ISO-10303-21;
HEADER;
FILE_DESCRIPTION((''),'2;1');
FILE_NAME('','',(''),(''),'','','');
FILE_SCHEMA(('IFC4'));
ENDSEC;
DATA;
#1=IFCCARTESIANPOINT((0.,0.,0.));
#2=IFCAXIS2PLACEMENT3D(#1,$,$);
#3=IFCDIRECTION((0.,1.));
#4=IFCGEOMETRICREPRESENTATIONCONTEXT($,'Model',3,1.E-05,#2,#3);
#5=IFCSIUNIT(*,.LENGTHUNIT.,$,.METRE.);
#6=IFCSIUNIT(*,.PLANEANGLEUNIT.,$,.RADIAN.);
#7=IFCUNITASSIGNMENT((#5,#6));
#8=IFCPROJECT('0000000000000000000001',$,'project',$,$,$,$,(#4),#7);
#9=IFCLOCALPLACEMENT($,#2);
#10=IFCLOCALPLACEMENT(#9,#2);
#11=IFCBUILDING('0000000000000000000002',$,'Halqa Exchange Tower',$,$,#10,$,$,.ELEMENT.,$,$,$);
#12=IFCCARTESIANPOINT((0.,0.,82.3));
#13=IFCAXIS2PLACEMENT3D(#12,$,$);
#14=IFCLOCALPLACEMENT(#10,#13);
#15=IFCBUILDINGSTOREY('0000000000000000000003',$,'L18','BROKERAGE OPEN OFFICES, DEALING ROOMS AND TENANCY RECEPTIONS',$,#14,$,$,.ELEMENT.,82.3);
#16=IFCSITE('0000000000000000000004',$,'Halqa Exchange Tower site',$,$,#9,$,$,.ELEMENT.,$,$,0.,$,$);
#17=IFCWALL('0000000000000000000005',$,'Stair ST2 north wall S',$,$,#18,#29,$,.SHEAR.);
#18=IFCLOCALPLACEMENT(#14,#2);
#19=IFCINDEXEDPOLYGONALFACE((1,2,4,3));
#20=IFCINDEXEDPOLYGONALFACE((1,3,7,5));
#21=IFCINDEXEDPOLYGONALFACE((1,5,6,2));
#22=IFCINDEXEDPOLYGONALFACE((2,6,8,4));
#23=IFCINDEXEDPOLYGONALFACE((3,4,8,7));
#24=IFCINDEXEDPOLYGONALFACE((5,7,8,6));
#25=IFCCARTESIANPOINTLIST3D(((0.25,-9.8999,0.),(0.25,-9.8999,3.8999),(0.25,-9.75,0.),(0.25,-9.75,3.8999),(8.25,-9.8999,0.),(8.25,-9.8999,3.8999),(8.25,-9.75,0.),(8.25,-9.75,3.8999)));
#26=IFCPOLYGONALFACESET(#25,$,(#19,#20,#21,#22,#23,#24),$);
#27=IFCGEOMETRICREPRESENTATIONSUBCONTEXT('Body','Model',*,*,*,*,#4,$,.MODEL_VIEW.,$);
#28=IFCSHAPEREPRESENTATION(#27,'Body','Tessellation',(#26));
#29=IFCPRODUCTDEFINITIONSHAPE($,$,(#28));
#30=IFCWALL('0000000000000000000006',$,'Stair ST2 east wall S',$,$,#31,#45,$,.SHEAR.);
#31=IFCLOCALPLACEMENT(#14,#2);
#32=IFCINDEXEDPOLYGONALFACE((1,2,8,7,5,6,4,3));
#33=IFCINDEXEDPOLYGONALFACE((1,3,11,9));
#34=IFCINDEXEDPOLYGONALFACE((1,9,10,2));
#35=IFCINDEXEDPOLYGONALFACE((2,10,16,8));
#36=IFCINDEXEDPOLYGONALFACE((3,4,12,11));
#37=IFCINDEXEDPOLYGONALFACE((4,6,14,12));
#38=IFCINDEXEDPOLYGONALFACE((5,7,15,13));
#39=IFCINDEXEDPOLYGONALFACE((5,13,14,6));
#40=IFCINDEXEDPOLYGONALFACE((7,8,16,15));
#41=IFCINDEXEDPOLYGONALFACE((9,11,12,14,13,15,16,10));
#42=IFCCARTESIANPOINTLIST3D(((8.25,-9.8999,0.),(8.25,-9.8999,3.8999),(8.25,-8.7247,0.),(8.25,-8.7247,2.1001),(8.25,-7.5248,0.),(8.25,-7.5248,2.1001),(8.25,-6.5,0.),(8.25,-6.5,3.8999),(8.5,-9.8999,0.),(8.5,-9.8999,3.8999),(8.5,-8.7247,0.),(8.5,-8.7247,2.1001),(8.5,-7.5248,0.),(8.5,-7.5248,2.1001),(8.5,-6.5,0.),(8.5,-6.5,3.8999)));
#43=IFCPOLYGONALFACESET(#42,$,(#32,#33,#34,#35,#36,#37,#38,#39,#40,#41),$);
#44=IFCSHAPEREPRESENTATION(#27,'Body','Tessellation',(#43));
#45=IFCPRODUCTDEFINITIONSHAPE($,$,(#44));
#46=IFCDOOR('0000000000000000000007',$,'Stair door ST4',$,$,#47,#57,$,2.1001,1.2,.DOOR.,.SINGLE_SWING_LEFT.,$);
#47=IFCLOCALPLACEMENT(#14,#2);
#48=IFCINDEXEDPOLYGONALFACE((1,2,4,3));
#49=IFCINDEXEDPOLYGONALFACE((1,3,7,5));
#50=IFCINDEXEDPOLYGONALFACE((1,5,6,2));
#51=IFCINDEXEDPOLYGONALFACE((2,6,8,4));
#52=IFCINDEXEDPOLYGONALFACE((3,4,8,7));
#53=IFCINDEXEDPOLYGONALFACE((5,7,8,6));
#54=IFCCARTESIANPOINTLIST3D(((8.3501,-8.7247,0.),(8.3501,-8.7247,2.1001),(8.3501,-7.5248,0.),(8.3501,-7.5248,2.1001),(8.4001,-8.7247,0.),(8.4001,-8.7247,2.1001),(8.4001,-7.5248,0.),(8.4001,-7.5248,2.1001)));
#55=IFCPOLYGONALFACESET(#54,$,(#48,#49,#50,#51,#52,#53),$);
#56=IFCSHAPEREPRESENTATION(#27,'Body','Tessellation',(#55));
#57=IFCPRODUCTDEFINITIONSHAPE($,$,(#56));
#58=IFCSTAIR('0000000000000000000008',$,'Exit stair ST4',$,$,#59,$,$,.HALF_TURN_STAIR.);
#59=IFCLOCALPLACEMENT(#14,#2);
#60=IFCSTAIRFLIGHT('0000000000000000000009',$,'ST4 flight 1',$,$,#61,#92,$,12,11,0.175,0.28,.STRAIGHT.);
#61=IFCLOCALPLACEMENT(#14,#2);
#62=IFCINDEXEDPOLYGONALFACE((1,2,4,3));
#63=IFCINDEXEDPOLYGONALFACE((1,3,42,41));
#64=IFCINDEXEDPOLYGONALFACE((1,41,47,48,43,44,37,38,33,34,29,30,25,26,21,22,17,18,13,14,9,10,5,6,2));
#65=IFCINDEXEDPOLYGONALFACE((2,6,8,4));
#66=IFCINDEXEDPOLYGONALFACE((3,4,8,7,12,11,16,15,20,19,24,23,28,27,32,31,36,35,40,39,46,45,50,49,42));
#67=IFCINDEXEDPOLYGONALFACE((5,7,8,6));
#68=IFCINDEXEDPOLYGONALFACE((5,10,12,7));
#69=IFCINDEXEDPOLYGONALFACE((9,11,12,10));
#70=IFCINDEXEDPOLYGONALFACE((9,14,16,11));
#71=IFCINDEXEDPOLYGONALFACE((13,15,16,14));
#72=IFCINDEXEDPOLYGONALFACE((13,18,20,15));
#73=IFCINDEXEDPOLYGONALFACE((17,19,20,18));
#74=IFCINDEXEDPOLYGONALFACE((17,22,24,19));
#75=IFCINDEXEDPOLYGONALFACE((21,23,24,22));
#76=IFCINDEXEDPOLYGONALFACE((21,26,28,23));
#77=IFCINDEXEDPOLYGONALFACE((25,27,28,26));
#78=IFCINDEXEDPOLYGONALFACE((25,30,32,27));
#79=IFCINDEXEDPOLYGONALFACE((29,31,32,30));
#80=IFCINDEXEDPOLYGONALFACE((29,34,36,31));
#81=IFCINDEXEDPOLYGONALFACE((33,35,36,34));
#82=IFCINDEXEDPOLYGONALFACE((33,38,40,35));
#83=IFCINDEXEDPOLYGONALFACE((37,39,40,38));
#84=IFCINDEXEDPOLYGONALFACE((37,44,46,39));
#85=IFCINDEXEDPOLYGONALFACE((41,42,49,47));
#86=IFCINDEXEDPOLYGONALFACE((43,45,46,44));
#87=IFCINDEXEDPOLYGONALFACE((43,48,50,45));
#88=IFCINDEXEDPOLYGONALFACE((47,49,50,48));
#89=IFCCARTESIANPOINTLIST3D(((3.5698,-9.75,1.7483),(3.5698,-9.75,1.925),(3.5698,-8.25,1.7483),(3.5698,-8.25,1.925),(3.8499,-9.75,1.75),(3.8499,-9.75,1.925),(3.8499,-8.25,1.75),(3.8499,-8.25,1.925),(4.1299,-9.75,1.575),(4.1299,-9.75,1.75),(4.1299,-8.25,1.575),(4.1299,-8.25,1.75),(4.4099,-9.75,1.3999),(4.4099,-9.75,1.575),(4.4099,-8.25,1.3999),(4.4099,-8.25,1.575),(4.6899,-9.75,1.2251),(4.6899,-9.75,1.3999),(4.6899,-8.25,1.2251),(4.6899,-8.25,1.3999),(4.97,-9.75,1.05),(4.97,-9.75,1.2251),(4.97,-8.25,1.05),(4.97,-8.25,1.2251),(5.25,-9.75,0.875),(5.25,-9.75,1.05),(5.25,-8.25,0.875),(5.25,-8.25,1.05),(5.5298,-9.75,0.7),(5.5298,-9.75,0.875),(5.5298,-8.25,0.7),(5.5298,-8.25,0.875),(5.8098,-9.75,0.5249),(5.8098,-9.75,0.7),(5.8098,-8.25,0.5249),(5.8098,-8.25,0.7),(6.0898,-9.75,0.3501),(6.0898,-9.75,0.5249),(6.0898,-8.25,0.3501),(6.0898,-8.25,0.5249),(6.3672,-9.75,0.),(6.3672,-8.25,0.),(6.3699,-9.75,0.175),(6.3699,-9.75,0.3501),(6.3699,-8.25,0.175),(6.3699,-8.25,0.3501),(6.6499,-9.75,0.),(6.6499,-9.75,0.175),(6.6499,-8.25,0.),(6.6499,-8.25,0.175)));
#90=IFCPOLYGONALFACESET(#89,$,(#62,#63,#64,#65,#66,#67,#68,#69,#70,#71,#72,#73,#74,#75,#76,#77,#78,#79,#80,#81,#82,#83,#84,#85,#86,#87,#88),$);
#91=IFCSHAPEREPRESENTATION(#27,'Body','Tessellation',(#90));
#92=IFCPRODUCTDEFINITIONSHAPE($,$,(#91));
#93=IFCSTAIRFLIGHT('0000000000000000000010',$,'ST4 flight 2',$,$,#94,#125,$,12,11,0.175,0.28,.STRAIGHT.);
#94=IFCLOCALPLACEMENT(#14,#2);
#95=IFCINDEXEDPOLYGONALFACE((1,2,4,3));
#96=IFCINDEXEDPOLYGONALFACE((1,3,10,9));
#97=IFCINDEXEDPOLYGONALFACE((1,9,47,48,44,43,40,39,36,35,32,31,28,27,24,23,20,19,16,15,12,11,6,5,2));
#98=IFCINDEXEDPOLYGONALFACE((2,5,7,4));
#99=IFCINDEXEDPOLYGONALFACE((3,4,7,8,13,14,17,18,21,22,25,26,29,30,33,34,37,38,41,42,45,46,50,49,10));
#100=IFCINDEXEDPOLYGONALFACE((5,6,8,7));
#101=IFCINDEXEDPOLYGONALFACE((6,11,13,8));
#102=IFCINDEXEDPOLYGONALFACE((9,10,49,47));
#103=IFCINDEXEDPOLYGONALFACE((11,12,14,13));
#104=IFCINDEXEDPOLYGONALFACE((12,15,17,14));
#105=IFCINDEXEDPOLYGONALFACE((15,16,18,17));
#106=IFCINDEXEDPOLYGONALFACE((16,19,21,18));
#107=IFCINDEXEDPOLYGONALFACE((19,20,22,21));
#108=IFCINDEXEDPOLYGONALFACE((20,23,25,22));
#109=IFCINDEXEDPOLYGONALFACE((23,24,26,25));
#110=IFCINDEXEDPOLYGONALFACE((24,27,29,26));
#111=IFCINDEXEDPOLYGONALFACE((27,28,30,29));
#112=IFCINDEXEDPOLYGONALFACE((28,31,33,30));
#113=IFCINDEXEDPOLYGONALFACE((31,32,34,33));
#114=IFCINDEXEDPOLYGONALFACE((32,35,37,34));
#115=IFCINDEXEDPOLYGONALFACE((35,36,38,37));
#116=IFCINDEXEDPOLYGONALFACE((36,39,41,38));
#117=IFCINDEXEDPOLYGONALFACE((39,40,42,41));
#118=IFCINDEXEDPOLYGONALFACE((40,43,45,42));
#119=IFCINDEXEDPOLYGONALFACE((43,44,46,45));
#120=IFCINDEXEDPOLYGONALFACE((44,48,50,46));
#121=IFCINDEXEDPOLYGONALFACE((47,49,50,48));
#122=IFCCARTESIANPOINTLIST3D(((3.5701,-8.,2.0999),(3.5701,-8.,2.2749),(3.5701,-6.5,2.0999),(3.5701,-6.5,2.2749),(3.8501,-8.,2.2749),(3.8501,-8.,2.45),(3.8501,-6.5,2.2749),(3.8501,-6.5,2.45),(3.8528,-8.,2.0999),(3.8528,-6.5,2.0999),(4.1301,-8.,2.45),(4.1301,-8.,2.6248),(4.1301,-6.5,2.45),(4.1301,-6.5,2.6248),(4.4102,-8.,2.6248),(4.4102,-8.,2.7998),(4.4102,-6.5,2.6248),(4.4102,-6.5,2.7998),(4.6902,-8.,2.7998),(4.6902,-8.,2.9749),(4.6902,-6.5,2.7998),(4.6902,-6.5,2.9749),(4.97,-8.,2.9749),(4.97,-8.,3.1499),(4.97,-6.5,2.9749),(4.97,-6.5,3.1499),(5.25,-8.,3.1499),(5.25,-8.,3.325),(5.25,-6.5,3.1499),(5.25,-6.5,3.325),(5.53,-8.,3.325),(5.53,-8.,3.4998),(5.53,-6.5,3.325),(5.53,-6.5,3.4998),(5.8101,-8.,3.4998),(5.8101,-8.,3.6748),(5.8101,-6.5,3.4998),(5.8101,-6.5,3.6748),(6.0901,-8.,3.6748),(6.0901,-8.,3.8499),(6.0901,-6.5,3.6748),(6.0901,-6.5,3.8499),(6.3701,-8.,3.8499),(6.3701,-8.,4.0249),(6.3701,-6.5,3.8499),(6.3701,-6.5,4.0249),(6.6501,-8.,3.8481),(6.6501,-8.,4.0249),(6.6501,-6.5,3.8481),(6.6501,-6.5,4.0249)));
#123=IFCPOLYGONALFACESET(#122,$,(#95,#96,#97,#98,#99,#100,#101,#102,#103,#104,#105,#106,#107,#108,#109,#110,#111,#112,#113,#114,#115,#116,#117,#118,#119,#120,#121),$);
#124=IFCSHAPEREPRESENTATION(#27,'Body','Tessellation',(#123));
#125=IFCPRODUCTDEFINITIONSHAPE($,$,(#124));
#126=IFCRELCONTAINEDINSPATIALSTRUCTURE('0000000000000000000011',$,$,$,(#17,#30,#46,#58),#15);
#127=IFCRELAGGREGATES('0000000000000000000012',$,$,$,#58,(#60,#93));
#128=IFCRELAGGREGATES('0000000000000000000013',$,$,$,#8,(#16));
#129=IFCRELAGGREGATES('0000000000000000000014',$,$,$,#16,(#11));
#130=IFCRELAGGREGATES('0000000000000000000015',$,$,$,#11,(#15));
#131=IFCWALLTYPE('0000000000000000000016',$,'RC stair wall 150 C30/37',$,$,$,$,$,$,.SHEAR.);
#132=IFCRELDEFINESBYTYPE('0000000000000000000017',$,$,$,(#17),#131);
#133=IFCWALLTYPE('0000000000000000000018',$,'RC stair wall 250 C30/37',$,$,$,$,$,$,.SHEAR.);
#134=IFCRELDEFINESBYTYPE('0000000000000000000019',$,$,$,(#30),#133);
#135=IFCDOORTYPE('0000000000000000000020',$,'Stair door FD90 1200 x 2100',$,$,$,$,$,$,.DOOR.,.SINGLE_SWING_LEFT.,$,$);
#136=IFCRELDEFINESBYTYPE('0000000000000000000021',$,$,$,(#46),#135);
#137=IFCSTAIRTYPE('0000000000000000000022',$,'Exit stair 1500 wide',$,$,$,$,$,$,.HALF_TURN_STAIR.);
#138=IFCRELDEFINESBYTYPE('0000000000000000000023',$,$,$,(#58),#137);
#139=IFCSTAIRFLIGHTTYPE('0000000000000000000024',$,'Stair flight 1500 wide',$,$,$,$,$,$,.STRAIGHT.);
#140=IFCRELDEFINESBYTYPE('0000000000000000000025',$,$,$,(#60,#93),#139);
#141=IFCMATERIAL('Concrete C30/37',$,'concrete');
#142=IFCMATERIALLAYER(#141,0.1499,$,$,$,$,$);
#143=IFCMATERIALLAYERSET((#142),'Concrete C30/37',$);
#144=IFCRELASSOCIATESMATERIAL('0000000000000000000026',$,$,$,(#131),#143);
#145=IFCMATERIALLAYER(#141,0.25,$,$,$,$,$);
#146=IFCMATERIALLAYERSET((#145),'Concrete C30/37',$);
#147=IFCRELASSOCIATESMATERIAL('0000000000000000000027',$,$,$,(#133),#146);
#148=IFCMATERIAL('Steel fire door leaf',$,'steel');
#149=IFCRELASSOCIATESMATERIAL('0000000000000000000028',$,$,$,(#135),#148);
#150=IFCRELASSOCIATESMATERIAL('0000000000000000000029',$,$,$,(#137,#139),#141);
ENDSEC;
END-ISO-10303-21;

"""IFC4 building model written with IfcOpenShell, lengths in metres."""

from ifc_helpers import new_model, si_unit, direction, frame, frame_2d, origin, place, context, subcontext, project, spatial, polyline, rectangle, outline, extrude, material, layer, layer_set, type_object, element, fill, aggregate, save


model = new_model("IFC4")

# Units and contexts
model_context = context("Model", 3, precision=1e-05, world=origin(), true_north=direction((0.0, 1.0)))
body_context = subcontext(model_context, "Body", "Model", "MODEL_VIEW")
ifc_project = project(units=[si_unit("LENGTHUNIT", "METRE"), si_unit("PLANEANGLEUNIT", "RADIAN")], contexts=[model_context])

# Site, building, storey
site_placement = place(None, origin())
site = spatial("IfcSite", under=ifc_project, at=site_placement, Name="Halqa Exchange Tower site", CompositionType="ELEMENT", RefElevation=0.0)
building_placement = place(site_placement, origin())
building = spatial("IfcBuilding", under=site, at=building_placement, Name="Halqa Exchange Tower", CompositionType="ELEMENT")
storey_placement = place(building_placement, frame((0.0, 0.0, 82.3)))
storey = spatial("IfcBuildingStorey", under=building, at=storey_placement, Name="L18", Description="BROKERAGE OPEN OFFICES, DEALING ROOMS AND TENANCY RECEPTIONS", CompositionType="ELEMENT", Elevation=82.3)

# Wall
ifc_material_1 = material(Name="Concrete C30/37", Category="concrete")
ifc_layer_1 = layer(ifc_material_1, 0.1499)
ifc_layer_set_1 = layer_set([ifc_layer_1], Name="Concrete C30/37")
wall_type_1 = type_object("IfcWallType", Name="RC stair wall 150 C30/37", PredefinedType="SHEAR", material=ifc_layer_set_1)
wall_1_placement = place(storey_placement, frame((0.25, -9.825, 0.0), z_axis=(0.0, 0.0, 1.0), x_axis=(1.0, 0.0, 0.0)))
element("IfcWall", 1, at=wall_1_placement, inside=storey, type_object=wall_type_1, Name="Stair ST2 north wall S", PredefinedType="SHEAR", context=body_context, shape_type="SweptSolid", body=[
    extrude(rectangle(XDim=8.0, YDim=0.1499, at=frame_2d((4.0, 0.0))), origin(), (0.0, 0.0, 1.0), 3.8999),
])

# Wall, opening, door
ifc_layer_2 = layer(ifc_material_1, 0.25)
ifc_layer_set_2 = layer_set([ifc_layer_2], Name="Concrete C30/37")
wall_type_2 = type_object("IfcWallType", Name="RC stair wall 250 C30/37", PredefinedType="SHEAR", material=ifc_layer_set_2)
wall_2_placement = place(storey_placement, frame((8.375, -9.8999, 0.0), z_axis=(0.0, 0.0, 1.0), x_axis=(0.0, 1.0, 0.0)))
wall_2 = element("IfcWall", 2, at=wall_2_placement, inside=storey, type_object=wall_type_2, Name="Stair ST2 east wall S", PredefinedType="SHEAR", context=body_context, shape_type="SweptSolid", body=[
    extrude(rectangle(XDim=3.3999, YDim=0.25, at=frame_2d((1.7, 0.0))), origin(), (0.0, 0.0, 1.0), 3.8999),
])
opening_placement = place(wall_2_placement, frame((1.175, 0.0, 0.0)))
opening = element("IfcOpeningElement", 3, at=opening_placement, cuts=wall_2, PredefinedType="OPENING", context=body_context, shape_type="SweptSolid", body=[
    extrude(rectangle(XDim=1.2, YDim=2.1001, at=frame_2d((0.6001, 1.05))), frame((0.0, 0.137, 0.0), z_axis=(0.0, -1.0, 0.0), x_axis=(1.0, 0.0, 0.0)), (0.0, 0.0, 1.0), 0.2739),
])
ifc_material_2 = material(Name="Steel fire door leaf", Category="steel")
door_type = type_object("IfcDoorType", Name="Stair door FD90 1200 x 2100", OperationType="SINGLE_SWING_LEFT", PredefinedType="DOOR", material=ifc_material_2)
door_placement = place(opening_placement, origin())
door = element("IfcDoor", 4, at=door_placement, inside=storey, type_object=door_type, Name="Stair door ST4", OperationType="SINGLE_SWING_LEFT", OverallHeight=2.1001, OverallWidth=1.2, PredefinedType="DOOR", context=body_context, shape_type="SweptSolid", body=[
    extrude(rectangle(XDim=1.2, YDim=2.1001, at=frame_2d((0.6001, 1.05))), frame((0.0, 0.0249, 0.0), z_axis=(0.0, -1.0, 0.0), x_axis=(1.0, 0.0, 0.0)), (0.0, 0.0, 1.0), 0.05),
])
fill(opening, door)

# Stair, stair flights
stair_type = type_object("IfcStairType", Name="Exit stair 1500 wide", PredefinedType="HALF_TURN_STAIR", material=ifc_material_1)
stair_placement = place(storey_placement, origin())
stair = element("IfcStair", 5, at=stair_placement, inside=storey, type_object=stair_type, Name="Exit stair ST4", PredefinedType="HALF_TURN_STAIR")
stair_flight_type = type_object("IfcStairFlightType", Name="Stair flight 1500 wide", PredefinedType="STRAIGHT", material=ifc_material_1)
stair_flight_1_placement = place(storey_placement, frame((6.6499, -9.0, 0.0), z_axis=(0.0, 0.0, 1.0), x_axis=(-1.0, 0.0, 0.0)))
stair_flight_1 = element("IfcStairFlight", 6, at=stair_flight_1_placement, type_object=stair_flight_type, Name="ST4 flight 1", NumberOfRisers=12, NumberOfTreads=11, PredefinedType="STRAIGHT", RiserHeight=0.175, TreadLength=0.28, context=body_context, shape_type="SweptSolid", body=[
    extrude(outline(polyline([(0.0, 0.0), (0.0, 0.175), (0.28, 0.175), (0.28, 0.3501), (0.5601, 0.3501), (0.5601, 0.5249), (0.8401, 0.5249), (0.8401, 0.7), (1.1201, 0.7), (1.1201, 0.875), (1.3999, 0.875), (1.3999, 1.05), (1.6799, 1.05), (1.6799, 1.2251), (1.96, 1.2251), (1.96, 1.3999), (2.24, 1.3999), (2.24, 1.575), (2.52, 1.575), (2.52, 1.75), (2.8, 1.75), (2.8, 1.925), (3.0801, 1.925), (3.0801, 2.1001), (3.0801, 1.7483), (0.2827, 0.0), (0.0, 0.0)])), frame((0.0, 0.75, 0.0), z_axis=(0.0, -1.0, 0.0), x_axis=(1.0, 0.0, 0.0)), (0.0, 0.0, 1.0), 1.5),
])
stair_flight_2_placement = place(storey_placement, frame((3.5701, -7.25, 2.0999), z_axis=(0.0, 0.0, 1.0), x_axis=(1.0, 0.0, 0.0)))
stair_flight_2 = element("IfcStairFlight", 7, at=stair_flight_2_placement, type_object=stair_flight_type, Name="ST4 flight 2", NumberOfRisers=12, NumberOfTreads=11, PredefinedType="STRAIGHT", RiserHeight=0.175, TreadLength=0.28, context=body_context, shape_type="SweptSolid", body=[
    extrude(outline(polyline([(0.0, 0.0), (0.0, 0.175), (0.28, 0.175), (0.28, 0.3501), (0.5601, 0.3501), (0.5601, 0.5249), (0.8401, 0.5249), (0.8401, 0.7), (1.1201, 0.7), (1.1201, 0.875), (1.3999, 0.875), (1.3999, 1.05), (1.6799, 1.05), (1.6799, 1.2251), (1.96, 1.2251), (1.96, 1.3999), (2.24, 1.3999), (2.24, 1.575), (2.52, 1.575), (2.52, 1.75), (2.8, 1.75), (2.8, 1.925), (3.0801, 1.925), (3.0801, 2.1001), (3.0801, 1.7483), (0.2827, 0.0), (0.0, 0.0)])), frame((0.0, 0.75, 0.0), z_axis=(0.0, -1.0, 0.0), x_axis=(1.0, 0.0, 0.0)), (0.0, 0.0, 1.0), 1.5),
])
aggregate(stair, [stair_flight_1, stair_flight_2])

save(model, "model.ifc")
